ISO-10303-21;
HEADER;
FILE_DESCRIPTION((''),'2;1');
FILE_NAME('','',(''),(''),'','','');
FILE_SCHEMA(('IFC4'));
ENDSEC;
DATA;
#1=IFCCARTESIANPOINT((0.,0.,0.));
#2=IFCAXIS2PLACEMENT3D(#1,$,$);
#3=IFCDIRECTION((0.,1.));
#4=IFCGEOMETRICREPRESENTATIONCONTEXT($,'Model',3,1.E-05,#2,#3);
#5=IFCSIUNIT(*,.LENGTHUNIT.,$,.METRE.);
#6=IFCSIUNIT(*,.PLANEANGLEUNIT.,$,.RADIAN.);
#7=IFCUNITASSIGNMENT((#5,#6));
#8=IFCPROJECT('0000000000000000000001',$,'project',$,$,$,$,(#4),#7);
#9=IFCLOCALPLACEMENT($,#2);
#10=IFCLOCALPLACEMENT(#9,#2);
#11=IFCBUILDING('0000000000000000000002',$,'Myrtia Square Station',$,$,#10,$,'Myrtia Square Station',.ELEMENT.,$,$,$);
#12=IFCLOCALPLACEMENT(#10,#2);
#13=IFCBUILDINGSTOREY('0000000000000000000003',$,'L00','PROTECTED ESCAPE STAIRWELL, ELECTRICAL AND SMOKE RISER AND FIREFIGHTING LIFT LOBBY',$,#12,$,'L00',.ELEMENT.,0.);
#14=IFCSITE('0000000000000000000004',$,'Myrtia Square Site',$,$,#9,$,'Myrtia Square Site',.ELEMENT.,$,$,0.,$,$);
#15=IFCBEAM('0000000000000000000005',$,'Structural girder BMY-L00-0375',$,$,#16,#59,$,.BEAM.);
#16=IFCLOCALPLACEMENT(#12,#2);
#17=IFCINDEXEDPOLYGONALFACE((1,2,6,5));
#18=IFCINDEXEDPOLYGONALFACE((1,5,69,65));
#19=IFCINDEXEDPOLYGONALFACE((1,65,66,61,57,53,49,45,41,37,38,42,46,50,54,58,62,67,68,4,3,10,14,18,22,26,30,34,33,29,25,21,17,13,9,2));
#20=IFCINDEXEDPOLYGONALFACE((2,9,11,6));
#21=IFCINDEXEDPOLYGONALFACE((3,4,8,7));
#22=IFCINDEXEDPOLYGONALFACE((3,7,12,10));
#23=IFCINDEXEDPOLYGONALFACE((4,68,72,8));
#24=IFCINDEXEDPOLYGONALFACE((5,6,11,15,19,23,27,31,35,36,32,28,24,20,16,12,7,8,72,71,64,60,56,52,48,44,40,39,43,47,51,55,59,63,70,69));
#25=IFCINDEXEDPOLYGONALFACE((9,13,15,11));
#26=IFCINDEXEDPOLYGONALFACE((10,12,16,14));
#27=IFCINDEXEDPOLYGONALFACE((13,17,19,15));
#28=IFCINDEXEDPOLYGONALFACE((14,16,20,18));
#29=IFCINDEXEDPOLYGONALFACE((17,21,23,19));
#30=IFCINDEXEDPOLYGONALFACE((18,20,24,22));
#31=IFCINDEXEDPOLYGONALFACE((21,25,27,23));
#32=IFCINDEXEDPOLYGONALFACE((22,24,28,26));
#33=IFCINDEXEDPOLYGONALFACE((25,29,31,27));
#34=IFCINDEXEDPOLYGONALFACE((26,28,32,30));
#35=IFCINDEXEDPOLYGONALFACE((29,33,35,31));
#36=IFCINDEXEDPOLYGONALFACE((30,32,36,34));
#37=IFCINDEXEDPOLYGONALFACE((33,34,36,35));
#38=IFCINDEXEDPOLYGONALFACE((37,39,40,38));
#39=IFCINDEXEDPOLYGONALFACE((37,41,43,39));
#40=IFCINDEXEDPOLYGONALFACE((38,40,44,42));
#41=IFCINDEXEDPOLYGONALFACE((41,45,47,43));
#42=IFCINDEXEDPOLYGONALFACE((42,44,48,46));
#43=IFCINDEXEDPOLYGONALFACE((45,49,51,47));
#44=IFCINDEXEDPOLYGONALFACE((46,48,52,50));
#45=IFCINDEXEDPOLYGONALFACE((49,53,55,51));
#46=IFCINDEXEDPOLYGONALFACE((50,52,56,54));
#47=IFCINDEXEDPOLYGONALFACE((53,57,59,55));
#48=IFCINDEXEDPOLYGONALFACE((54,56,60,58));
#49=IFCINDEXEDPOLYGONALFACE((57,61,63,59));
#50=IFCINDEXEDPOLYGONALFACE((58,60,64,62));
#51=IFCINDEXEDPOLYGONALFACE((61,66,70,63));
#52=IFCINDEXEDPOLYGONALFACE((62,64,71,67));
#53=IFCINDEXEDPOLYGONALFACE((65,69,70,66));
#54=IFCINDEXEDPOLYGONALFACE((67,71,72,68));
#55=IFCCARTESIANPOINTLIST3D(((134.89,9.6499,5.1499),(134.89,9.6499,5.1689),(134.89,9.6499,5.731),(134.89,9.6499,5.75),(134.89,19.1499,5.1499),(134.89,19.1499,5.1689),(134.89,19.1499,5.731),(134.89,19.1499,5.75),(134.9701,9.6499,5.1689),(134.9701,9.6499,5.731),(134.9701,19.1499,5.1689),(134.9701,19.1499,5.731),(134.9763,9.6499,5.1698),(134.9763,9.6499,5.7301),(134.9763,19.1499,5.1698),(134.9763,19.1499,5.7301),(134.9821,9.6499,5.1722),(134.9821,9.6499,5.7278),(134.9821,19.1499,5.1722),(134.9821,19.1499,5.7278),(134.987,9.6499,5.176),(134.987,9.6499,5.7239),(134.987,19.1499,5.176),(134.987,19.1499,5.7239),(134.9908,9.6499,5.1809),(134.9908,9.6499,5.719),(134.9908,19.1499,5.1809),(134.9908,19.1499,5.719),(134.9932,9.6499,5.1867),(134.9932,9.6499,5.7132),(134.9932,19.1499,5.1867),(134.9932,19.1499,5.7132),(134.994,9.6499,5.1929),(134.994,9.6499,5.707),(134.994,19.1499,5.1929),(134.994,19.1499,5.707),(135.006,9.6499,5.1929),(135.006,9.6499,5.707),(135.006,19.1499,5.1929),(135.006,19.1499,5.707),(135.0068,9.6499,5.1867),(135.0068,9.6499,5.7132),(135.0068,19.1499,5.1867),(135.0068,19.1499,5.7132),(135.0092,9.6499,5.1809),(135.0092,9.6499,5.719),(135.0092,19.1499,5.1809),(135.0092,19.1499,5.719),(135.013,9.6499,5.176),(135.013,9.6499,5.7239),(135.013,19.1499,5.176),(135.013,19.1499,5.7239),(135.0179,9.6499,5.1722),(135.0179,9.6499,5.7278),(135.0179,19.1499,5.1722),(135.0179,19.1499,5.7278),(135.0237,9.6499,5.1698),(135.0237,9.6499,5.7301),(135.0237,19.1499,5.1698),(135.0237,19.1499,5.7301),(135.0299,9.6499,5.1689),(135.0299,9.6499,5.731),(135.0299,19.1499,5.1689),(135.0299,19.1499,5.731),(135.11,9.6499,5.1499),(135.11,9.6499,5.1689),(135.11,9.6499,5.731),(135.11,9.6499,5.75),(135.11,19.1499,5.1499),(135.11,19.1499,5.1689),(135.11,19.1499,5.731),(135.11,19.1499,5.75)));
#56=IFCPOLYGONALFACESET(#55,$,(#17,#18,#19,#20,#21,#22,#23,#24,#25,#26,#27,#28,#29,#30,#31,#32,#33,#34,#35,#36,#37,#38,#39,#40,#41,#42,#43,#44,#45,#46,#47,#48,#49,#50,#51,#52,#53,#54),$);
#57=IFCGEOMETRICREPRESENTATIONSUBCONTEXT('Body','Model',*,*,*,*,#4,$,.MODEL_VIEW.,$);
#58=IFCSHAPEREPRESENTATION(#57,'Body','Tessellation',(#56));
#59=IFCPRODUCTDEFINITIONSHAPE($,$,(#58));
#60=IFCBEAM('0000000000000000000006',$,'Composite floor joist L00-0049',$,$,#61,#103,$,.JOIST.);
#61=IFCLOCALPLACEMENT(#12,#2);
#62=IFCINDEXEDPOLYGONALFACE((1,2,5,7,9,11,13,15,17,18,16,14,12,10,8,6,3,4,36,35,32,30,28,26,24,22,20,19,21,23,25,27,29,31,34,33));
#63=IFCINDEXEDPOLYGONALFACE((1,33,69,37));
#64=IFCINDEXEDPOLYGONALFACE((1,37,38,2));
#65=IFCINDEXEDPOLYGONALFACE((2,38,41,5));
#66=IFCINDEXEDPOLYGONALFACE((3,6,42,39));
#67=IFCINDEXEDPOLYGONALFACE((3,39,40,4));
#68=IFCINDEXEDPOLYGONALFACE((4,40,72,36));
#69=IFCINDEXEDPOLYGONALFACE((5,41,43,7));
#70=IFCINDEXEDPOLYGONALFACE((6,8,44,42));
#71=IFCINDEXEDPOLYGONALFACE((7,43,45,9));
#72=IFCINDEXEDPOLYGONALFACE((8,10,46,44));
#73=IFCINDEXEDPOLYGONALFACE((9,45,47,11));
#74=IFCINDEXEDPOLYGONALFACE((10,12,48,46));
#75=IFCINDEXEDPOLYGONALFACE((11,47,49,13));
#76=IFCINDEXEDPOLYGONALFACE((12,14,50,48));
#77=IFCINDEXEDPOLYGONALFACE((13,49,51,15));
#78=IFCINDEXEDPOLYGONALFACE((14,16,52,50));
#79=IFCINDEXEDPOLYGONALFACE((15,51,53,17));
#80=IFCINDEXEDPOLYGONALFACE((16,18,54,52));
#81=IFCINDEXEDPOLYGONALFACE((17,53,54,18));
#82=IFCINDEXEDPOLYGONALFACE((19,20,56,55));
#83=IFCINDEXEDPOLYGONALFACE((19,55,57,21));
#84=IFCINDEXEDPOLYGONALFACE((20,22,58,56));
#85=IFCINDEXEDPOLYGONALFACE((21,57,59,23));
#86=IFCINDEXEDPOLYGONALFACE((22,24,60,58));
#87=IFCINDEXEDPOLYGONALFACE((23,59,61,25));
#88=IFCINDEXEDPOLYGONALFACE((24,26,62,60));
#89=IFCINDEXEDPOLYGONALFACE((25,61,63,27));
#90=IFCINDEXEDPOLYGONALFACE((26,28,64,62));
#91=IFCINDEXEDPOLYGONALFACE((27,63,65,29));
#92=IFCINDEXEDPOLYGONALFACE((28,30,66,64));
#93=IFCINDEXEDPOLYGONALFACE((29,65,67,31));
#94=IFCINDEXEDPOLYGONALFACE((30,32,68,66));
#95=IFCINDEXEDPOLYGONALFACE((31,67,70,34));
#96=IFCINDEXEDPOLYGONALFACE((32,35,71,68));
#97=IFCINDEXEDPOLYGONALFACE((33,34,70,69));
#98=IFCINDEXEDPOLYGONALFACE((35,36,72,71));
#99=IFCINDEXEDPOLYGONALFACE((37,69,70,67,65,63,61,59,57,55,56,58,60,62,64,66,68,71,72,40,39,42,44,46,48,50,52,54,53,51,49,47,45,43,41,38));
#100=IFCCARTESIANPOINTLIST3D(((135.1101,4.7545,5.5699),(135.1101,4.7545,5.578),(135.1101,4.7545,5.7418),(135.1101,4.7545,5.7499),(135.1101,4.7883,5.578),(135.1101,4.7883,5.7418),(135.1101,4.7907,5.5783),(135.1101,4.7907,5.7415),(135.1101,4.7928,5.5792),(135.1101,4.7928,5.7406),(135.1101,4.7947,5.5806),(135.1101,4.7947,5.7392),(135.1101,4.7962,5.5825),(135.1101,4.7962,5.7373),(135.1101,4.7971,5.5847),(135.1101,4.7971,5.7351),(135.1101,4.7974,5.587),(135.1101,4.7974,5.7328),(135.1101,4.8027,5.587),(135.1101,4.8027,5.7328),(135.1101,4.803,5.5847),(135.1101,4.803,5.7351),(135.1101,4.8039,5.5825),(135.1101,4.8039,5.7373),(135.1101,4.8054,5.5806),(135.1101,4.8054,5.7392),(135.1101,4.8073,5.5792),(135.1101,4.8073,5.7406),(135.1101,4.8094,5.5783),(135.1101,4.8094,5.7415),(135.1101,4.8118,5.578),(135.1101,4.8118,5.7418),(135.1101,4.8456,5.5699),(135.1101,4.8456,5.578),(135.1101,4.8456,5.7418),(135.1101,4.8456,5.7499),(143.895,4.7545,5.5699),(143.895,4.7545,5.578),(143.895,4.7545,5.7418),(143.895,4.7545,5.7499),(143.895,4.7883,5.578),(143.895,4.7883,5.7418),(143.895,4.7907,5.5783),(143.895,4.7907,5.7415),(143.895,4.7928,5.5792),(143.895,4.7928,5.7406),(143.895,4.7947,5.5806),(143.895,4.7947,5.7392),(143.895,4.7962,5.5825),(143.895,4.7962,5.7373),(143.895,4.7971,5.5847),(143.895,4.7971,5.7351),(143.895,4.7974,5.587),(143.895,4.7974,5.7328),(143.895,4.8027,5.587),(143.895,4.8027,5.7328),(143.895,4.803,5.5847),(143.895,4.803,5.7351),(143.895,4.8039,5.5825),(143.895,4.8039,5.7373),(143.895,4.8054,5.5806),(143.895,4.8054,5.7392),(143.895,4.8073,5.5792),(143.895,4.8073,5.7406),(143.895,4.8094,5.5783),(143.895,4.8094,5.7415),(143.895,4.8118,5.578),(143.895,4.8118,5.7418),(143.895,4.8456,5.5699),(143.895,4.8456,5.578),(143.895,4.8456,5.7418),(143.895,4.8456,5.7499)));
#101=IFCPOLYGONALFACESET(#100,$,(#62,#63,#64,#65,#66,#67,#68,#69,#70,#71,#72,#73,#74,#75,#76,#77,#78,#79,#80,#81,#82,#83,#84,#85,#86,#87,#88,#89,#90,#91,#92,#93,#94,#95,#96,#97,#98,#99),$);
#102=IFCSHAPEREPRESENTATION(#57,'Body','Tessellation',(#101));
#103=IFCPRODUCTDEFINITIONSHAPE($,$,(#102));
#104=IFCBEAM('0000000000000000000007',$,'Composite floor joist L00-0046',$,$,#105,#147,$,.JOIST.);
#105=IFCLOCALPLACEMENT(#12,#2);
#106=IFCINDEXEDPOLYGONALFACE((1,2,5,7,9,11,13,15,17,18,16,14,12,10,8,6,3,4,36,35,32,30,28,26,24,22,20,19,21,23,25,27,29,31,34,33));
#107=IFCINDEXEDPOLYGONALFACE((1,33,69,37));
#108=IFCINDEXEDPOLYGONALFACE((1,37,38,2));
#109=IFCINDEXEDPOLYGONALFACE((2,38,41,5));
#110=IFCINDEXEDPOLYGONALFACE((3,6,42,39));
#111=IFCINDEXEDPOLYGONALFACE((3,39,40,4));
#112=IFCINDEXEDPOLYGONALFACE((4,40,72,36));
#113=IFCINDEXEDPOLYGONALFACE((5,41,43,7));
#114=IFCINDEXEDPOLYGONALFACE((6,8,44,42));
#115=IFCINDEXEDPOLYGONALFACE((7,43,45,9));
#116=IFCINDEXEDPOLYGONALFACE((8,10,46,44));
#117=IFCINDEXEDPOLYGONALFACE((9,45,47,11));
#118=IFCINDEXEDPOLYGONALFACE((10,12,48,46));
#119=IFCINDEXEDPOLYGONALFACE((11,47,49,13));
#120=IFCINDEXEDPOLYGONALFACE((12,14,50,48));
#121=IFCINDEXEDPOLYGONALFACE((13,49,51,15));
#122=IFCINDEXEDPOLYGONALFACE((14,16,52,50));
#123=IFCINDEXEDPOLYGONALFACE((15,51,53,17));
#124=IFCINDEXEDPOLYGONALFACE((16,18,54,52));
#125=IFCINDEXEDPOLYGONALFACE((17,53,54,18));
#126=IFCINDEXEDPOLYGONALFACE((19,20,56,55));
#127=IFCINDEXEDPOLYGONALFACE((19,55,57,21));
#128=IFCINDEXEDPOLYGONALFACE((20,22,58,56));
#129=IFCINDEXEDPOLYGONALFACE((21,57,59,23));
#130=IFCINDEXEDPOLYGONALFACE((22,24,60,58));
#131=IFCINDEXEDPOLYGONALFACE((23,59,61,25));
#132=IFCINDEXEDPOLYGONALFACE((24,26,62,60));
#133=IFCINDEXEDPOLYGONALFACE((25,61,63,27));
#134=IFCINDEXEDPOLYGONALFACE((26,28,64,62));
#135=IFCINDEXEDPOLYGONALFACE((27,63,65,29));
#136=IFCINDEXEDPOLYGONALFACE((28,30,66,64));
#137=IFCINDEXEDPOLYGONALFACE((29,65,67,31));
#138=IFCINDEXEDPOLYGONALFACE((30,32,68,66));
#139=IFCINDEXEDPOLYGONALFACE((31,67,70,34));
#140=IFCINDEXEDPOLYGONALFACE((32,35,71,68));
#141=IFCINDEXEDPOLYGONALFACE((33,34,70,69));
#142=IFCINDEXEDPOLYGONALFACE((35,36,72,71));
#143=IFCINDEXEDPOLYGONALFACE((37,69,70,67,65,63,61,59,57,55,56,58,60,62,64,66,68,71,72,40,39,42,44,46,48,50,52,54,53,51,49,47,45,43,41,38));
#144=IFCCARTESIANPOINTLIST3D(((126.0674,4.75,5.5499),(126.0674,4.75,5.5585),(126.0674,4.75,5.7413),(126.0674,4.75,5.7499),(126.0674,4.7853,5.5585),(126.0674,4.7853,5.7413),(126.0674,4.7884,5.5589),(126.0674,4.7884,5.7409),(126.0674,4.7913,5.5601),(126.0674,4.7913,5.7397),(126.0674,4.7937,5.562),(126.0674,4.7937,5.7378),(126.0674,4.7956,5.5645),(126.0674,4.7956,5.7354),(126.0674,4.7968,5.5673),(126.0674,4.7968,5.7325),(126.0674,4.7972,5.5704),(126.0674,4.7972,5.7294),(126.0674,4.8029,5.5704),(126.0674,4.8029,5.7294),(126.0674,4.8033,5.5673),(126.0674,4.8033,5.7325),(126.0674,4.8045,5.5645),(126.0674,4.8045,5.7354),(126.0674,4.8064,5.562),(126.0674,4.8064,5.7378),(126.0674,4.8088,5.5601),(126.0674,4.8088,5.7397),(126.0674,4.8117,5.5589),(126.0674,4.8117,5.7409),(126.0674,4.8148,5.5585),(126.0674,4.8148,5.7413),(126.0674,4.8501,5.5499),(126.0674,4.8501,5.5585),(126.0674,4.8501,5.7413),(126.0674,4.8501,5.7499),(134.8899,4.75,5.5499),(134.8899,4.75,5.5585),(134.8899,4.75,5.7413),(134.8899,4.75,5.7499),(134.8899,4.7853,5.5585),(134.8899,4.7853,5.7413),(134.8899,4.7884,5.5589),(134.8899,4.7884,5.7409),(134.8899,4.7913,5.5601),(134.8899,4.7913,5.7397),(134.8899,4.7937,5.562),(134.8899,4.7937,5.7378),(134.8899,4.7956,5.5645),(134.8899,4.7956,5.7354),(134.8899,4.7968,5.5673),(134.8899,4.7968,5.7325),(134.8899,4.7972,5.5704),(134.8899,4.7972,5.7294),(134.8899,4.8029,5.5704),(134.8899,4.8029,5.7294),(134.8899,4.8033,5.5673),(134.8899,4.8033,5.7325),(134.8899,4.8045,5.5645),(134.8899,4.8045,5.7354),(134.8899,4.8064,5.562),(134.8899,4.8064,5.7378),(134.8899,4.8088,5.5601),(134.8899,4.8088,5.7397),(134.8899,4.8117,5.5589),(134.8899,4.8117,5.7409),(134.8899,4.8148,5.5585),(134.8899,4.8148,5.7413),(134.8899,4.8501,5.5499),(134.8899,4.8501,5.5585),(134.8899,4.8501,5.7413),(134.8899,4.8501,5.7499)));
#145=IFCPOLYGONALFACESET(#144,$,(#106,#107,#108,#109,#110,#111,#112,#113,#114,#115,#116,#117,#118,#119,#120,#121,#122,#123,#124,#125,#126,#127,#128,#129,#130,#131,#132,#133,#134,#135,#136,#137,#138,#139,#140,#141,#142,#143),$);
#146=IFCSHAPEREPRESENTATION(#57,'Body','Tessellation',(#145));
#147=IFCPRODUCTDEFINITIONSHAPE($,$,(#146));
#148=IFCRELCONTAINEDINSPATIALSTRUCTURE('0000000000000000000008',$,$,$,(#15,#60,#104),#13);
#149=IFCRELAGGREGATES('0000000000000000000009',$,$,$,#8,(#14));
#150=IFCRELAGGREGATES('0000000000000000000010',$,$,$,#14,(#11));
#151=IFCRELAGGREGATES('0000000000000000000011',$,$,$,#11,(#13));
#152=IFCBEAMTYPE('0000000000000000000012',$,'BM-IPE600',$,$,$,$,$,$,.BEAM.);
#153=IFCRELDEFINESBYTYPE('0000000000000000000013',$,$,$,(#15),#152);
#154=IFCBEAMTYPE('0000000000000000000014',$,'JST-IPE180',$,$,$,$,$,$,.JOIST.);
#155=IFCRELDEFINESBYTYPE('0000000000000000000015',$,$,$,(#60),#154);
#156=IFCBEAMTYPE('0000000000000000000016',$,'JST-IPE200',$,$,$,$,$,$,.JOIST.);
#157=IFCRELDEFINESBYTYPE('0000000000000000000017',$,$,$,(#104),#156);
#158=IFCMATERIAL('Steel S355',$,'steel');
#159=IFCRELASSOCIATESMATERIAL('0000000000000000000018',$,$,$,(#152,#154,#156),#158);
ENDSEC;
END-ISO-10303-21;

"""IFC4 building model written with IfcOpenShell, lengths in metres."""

from ifc_helpers import new_model, si_unit, direction, frame, origin, origin_2d, place, context, subcontext, project, spatial, i_section, extrude, material, material_profile, profile_set, type_object, element, save


model = new_model("IFC4")

# Units and contexts
model_context = context("Model", 3, precision=1e-05, world=origin(), true_north=direction((0.0, 1.0)))
body_context = subcontext(model_context, "Body", "Model", "MODEL_VIEW")
ifc_project = project(units=[si_unit("LENGTHUNIT", "METRE"), si_unit("PLANEANGLEUNIT", "RADIAN")], contexts=[model_context])

# Site, building, storey
site_placement = place(None, origin())
site = spatial("IfcSite", under=ifc_project, at=site_placement, Name="Myrtia Square Site", LongName="Myrtia Square Site", CompositionType="ELEMENT", RefElevation=0.0)
building_placement = place(site_placement, origin())
building = spatial("IfcBuilding", under=site, at=building_placement, Name="Myrtia Square Station", LongName="Myrtia Square Station", CompositionType="ELEMENT")
storey_placement = place(building_placement, origin())
storey = spatial("IfcBuildingStorey", under=building, at=storey_placement, Name="L00", Description="PROTECTED ESCAPE STAIRWELL, ELECTRICAL AND SMOKE RISER AND FIREFIGHTING LIFT LOBBY", LongName="L00", CompositionType="ELEMENT", Elevation=0.0)

# Shared definitions
ifc_material_1 = material(Name="Steel S355", Category="steel")

# Beams
ifc_material_profile_1 = material_profile(ifc_material_1, i_section(OverallWidth=0.22, OverallDepth=0.6001, WebThickness=0.012, FlangeThickness=0.019, FilletRadius=0.0239, at=origin_2d()), Name="IPE 600")
ifc_profile_set_1 = profile_set([ifc_material_profile_1], Name="Steel S355")
beam_type_1 = type_object("IfcBeamType", Name="BM-IPE600", PredefinedType="BEAM", material=ifc_profile_set_1)
for number, where, z_axis, x_axis, name in (
    (1, (135.0, 9.6499, 5.45), (0.0, 1.0, 0.0), (-1.0, 0.0, 0.0), "Structural girder BMY-L00-0375"),
):
    element("IfcBeam", number, at=place(storey_placement, frame(where, z_axis=z_axis, x_axis=x_axis)), inside=storey, type_object=beam_type_1, Name=name, PredefinedType="BEAM", context=body_context, shape_type="SweptSolid", body=[
        extrude(i_section(OverallWidth=0.22, OverallDepth=0.6001, WebThickness=0.012, FlangeThickness=0.019, FilletRadius=0.0239, at=origin_2d()), origin(), (0.0, 0.0, 1.0), 9.5),
    ])
ifc_material_profile_2 = material_profile(ifc_material_1, i_section(OverallWidth=0.0911, OverallDepth=0.1799, WebThickness=0.0054, FlangeThickness=0.0081, FilletRadius=0.009, at=origin_2d()), Name="IPE 180")
ifc_profile_set_2 = profile_set([ifc_material_profile_2], Name="Steel S355")
beam_type_2 = type_object("IfcBeamType", Name="JST-IPE180", PredefinedType="JOIST", material=ifc_profile_set_2)
beam_1_placement = place(storey_placement, frame((135.1101, 4.8, 5.6599), z_axis=(1.0, 0.0, 0.0), x_axis=(0.0, 1.0, 0.0)))
element("IfcBeam", 2, at=beam_1_placement, inside=storey, type_object=beam_type_2, Name="Composite floor joist L00-0049", PredefinedType="JOIST", context=body_context, shape_type="SweptSolid", body=[
    extrude(i_section(OverallWidth=0.0911, OverallDepth=0.1799, WebThickness=0.0054, FlangeThickness=0.0081, FilletRadius=0.009, at=origin_2d()), origin(), (0.0, 0.0, 1.0), 8.7849),
])
ifc_material_profile_3 = material_profile(ifc_material_1, i_section(OverallWidth=0.1001, OverallDepth=0.2, WebThickness=0.0056, FlangeThickness=0.0085, FilletRadius=0.012, at=origin_2d()), Name="IPE 200")
ifc_profile_set_3 = profile_set([ifc_material_profile_3], Name="Steel S355")
beam_type_3 = type_object("IfcBeamType", Name="JST-IPE200", PredefinedType="JOIST", material=ifc_profile_set_3)
beam_2_placement = place(storey_placement, frame((126.0674, 4.8, 5.6499), z_axis=(1.0, 0.0, 0.0), x_axis=(0.0, 1.0, 0.0)))
element("IfcBeam", 3, at=beam_2_placement, inside=storey, type_object=beam_type_3, Name="Composite floor joist L00-0046", PredefinedType="JOIST", context=body_context, shape_type="SweptSolid", body=[
    extrude(i_section(OverallWidth=0.1001, OverallDepth=0.2, WebThickness=0.0056, FlangeThickness=0.0085, FilletRadius=0.012, at=origin_2d()), origin(), (0.0, 0.0, 1.0), 8.8225),
])

save(model, "model.ifc")
